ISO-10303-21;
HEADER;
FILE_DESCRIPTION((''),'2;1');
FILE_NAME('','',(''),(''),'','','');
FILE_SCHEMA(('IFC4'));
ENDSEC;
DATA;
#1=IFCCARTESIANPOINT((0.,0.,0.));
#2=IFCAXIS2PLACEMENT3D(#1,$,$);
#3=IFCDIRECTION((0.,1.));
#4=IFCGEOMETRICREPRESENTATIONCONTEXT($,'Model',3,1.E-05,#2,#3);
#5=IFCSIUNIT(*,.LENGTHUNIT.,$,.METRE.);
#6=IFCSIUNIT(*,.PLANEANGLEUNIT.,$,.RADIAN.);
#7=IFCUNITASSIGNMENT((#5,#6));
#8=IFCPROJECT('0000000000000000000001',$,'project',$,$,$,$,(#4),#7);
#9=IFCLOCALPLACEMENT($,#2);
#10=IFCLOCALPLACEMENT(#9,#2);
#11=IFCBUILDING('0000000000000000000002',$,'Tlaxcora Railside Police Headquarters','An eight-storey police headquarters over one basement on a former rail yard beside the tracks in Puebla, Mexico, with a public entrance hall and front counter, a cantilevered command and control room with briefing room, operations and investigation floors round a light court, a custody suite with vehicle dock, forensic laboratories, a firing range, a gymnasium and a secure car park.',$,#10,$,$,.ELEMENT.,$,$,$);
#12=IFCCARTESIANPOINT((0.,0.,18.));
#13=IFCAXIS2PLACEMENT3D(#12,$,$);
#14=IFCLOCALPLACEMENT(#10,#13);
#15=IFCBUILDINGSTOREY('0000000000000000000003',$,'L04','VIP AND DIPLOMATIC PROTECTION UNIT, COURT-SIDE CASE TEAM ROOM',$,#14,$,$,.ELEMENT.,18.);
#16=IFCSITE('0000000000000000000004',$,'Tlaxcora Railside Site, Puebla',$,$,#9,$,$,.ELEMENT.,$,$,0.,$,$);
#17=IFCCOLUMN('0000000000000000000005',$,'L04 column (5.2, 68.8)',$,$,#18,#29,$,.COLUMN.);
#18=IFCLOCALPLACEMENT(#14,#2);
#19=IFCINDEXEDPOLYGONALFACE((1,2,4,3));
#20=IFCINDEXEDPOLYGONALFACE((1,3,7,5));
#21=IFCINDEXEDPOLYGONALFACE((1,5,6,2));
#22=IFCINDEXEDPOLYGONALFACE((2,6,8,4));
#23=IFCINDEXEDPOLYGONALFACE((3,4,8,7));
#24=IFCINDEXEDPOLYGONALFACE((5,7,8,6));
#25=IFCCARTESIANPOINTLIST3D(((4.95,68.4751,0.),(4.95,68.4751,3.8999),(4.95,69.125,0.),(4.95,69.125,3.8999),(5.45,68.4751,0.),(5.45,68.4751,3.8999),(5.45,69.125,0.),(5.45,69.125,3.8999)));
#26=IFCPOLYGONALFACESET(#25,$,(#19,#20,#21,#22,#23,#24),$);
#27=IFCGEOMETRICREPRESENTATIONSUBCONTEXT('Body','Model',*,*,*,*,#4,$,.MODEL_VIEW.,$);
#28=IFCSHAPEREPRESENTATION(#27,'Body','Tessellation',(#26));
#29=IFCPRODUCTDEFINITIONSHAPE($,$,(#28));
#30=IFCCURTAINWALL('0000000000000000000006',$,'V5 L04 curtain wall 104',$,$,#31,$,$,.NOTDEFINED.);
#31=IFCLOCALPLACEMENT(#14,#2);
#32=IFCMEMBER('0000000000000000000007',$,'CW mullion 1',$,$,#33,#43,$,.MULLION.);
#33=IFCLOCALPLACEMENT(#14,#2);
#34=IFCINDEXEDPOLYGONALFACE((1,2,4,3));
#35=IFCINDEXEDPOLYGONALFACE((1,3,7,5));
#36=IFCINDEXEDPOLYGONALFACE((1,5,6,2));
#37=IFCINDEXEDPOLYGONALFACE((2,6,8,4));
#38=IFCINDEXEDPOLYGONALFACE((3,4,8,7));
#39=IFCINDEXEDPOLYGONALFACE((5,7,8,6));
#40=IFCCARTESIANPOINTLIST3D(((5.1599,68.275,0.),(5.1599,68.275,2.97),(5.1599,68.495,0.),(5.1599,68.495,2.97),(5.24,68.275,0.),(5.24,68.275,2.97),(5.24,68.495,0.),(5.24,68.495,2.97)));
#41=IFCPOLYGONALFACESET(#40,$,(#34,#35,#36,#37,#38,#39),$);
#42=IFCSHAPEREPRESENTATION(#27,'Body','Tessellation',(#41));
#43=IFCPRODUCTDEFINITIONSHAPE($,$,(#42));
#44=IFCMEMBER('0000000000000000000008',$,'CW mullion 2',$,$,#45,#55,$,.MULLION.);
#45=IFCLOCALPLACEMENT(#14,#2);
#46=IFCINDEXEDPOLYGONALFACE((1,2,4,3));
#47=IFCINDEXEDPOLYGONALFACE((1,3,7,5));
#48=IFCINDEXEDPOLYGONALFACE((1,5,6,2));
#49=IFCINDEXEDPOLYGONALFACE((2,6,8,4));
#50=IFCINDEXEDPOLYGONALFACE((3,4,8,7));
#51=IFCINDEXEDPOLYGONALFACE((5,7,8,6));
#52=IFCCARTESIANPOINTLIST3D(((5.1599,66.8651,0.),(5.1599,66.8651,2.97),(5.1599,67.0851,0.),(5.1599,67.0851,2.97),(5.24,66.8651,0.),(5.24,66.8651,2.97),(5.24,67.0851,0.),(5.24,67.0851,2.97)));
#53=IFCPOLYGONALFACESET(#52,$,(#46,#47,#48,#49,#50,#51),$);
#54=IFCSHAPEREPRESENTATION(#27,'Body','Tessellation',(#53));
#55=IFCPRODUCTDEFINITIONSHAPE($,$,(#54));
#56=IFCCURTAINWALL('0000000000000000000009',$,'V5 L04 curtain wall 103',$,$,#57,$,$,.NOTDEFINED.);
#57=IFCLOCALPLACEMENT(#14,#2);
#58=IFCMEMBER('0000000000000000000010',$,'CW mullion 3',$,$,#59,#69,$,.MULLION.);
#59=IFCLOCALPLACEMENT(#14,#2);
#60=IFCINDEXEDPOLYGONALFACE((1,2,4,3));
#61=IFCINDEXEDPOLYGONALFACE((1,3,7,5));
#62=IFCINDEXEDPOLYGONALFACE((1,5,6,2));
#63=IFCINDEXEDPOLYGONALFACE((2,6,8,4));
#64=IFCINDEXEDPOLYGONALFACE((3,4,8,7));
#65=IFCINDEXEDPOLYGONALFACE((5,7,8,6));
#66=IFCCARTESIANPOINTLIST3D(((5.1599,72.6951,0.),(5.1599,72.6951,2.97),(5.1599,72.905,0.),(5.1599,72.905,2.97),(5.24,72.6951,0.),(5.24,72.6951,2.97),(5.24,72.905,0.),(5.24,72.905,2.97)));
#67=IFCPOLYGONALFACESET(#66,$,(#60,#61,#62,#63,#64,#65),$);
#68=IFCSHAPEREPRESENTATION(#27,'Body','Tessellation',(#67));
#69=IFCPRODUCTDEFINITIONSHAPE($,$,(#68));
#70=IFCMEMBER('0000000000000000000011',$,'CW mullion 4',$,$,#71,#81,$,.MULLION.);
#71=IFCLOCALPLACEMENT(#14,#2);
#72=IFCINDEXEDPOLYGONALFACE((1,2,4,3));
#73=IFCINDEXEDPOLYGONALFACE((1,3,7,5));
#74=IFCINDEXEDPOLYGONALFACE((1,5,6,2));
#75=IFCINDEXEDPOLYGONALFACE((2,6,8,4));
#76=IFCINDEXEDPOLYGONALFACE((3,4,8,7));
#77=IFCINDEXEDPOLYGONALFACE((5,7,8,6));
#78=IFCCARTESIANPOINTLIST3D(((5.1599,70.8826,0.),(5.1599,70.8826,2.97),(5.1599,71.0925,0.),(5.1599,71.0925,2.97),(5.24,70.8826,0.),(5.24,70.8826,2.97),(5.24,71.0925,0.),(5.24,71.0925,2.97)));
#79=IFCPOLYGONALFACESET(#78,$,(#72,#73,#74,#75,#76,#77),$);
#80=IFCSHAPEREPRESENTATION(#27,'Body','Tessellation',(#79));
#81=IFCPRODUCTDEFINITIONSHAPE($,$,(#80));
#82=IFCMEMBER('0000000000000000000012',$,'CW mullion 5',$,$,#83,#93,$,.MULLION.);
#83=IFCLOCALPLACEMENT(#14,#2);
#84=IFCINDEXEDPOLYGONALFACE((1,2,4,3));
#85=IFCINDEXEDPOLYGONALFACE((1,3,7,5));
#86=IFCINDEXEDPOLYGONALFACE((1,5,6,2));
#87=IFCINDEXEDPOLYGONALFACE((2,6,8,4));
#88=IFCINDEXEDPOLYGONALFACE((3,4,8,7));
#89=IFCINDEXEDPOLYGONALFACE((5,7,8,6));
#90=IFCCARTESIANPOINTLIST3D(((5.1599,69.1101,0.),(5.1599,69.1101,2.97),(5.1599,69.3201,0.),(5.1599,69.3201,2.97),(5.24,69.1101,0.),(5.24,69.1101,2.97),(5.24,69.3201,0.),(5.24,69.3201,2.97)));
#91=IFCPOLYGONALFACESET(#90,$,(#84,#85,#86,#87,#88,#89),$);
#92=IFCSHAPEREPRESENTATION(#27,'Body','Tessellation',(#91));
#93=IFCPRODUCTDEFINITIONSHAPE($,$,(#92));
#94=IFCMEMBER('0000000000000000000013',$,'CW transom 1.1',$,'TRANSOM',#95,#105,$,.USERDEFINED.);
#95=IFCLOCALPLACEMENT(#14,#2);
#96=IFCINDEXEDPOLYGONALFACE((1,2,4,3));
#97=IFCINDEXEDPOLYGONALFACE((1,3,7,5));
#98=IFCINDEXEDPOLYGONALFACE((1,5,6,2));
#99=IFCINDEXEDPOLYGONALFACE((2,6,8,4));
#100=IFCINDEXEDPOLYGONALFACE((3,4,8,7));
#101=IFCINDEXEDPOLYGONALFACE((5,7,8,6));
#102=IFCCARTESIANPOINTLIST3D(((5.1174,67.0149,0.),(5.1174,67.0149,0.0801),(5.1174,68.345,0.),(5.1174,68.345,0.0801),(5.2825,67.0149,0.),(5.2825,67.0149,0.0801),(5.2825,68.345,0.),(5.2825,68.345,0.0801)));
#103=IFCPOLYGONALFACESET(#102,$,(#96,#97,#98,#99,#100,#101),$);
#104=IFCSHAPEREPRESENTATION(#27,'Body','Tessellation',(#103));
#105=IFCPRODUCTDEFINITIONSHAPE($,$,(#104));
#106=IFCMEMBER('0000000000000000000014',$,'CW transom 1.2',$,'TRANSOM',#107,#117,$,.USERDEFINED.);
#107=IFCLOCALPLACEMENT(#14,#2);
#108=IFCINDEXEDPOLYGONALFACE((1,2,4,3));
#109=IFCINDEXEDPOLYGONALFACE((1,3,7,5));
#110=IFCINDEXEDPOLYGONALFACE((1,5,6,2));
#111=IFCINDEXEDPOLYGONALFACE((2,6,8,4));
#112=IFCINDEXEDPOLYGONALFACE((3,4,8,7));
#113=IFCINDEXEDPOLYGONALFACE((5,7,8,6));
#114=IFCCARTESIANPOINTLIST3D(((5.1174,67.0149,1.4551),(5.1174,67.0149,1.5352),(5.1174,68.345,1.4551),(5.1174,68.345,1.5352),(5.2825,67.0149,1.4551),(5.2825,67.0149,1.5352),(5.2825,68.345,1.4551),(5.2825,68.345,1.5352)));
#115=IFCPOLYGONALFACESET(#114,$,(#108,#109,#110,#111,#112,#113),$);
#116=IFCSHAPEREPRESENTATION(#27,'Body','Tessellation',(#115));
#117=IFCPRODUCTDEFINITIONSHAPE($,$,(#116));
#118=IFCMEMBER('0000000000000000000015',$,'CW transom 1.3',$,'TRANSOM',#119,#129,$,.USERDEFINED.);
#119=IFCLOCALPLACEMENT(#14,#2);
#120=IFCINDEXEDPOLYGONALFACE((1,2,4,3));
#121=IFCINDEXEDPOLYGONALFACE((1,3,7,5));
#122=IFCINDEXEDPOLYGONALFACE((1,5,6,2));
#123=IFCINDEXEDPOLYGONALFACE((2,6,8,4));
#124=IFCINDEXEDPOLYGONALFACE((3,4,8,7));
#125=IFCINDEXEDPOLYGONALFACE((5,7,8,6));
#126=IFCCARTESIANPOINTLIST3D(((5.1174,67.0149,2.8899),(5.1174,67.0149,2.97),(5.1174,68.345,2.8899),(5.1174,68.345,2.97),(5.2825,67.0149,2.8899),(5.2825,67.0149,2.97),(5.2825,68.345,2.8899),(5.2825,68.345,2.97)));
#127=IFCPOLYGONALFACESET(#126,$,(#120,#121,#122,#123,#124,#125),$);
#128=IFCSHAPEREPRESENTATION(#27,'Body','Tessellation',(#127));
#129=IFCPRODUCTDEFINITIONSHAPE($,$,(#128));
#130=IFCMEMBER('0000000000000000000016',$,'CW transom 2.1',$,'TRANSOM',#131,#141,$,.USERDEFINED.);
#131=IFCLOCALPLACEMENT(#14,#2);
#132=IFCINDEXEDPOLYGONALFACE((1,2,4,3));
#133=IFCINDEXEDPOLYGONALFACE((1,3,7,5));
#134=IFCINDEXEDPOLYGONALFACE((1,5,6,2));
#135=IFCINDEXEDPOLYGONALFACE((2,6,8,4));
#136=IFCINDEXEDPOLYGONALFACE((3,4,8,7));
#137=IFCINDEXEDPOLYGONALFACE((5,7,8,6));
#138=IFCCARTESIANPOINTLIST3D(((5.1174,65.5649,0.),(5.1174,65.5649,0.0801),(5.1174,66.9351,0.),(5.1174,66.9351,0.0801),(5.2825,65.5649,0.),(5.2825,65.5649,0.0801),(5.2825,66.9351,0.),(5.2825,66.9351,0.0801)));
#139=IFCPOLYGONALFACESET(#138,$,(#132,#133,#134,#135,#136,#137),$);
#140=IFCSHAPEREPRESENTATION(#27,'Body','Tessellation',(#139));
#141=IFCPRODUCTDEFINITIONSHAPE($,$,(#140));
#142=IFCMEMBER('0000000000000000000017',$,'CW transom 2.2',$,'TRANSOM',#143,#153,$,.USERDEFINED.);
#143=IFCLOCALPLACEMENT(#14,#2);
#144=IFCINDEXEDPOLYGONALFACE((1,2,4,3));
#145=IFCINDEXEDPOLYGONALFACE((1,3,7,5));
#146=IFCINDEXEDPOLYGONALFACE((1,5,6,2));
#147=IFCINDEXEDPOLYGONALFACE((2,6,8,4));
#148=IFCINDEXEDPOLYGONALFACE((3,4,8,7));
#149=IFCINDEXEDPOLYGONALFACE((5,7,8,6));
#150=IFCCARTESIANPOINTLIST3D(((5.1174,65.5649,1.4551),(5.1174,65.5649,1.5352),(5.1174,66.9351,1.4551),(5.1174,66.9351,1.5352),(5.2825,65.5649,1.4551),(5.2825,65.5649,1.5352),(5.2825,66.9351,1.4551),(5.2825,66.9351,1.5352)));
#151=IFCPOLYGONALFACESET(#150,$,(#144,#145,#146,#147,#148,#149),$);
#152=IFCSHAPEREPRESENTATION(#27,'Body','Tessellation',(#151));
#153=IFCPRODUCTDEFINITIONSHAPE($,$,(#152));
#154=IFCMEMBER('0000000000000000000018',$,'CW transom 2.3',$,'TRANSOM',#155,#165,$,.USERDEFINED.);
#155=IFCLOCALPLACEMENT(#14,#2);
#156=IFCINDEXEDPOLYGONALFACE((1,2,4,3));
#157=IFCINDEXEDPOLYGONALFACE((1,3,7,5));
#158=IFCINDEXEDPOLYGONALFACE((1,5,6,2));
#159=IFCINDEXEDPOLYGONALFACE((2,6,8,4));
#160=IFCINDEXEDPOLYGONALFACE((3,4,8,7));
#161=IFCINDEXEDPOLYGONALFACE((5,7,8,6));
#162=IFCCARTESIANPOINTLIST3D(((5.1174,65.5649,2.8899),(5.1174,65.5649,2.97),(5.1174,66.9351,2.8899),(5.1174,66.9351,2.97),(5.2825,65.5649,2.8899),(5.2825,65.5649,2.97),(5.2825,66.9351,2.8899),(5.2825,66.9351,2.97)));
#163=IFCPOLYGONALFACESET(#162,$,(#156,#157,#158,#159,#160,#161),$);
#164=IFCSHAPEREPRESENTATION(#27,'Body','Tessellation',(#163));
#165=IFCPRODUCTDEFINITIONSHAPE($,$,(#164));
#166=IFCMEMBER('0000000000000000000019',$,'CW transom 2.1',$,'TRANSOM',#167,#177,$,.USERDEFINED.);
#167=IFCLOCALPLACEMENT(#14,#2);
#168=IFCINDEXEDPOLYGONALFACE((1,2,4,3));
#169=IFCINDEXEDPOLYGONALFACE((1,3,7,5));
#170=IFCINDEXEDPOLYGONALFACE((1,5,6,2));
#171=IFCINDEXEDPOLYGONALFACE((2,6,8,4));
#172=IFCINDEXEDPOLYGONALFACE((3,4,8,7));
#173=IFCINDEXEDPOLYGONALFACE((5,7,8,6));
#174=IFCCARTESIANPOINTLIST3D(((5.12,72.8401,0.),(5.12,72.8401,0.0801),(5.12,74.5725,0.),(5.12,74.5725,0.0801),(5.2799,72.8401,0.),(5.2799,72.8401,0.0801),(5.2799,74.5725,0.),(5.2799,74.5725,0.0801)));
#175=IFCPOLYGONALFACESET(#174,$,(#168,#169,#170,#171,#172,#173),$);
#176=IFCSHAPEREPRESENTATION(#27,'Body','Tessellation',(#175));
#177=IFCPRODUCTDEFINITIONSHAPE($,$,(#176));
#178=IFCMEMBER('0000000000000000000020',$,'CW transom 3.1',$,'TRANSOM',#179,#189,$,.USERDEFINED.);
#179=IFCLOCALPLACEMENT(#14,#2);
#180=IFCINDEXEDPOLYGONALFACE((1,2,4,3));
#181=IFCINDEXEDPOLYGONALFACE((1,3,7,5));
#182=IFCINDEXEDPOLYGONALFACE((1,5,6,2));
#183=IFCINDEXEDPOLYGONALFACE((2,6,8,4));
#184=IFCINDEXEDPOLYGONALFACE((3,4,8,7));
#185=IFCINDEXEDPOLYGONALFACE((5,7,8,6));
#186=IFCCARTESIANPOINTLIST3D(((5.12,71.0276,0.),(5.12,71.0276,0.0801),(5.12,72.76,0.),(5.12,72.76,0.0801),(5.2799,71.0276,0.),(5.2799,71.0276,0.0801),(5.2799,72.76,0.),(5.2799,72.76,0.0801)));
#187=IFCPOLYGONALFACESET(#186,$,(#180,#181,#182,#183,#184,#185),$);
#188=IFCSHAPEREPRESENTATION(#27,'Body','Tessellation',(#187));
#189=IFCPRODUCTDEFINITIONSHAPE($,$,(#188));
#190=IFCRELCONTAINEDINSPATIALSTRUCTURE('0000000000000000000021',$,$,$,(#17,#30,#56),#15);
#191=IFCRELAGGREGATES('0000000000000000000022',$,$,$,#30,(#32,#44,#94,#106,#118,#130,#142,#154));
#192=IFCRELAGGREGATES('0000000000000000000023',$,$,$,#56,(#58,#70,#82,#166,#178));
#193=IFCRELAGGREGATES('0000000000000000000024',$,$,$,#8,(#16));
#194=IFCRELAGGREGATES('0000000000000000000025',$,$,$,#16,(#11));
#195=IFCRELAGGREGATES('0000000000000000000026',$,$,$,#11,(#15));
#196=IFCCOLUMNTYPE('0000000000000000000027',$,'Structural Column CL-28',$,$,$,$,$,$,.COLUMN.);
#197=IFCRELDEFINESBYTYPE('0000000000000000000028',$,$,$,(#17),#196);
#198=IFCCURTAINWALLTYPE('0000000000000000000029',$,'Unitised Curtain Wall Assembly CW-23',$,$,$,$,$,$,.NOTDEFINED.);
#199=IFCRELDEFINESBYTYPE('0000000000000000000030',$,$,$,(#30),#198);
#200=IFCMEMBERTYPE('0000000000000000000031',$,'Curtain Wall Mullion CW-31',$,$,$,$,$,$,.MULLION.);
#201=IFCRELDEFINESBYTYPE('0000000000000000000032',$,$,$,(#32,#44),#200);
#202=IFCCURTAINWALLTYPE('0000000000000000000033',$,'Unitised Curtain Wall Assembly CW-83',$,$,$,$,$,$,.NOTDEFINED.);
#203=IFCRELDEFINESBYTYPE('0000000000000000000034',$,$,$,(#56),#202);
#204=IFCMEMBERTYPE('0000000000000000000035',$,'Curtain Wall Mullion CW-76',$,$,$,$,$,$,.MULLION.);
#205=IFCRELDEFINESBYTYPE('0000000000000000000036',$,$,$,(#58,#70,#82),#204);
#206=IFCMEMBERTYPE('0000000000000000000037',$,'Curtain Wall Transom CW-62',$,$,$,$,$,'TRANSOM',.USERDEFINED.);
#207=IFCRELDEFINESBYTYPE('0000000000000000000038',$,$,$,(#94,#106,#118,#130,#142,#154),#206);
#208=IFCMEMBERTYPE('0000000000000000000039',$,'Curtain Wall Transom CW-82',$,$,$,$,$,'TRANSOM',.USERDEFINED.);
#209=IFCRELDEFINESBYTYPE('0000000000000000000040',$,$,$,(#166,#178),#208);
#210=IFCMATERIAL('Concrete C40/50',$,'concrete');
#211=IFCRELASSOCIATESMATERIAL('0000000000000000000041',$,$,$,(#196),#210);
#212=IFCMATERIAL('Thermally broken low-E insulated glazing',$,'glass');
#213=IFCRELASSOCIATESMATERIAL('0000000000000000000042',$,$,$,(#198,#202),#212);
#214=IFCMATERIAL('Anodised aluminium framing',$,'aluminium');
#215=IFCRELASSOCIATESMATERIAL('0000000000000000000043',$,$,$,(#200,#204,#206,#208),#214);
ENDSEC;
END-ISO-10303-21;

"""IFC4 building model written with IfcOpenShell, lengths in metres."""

from ifc_helpers import new_model, si_unit, direction, frame, origin, origin_2d, place, context, subcontext, project, spatial, rectangle, extrude, material, material_profile, profile_set, type_object, element, aggregate, save


model = new_model("IFC4")

# Units and contexts
model_context = context("Model", 3, precision=1e-05, world=origin(), true_north=direction((0.0, 1.0)))
body_context = subcontext(model_context, "Body", "Model", "MODEL_VIEW")
ifc_project = project(units=[si_unit("LENGTHUNIT", "METRE"), si_unit("PLANEANGLEUNIT", "RADIAN")], contexts=[model_context])

# Site, building, storey
site_placement = place(None, origin())
site = spatial("IfcSite", under=ifc_project, at=site_placement, Name="Tlaxcora Railside Site, Puebla", CompositionType="ELEMENT", RefElevation=0.0)
building_placement = place(site_placement, origin())
building = spatial("IfcBuilding", under=site, at=building_placement, Name="Tlaxcora Railside Police Headquarters", Description="An eight-storey police headquarters over one basement on a former rail yard beside the tracks in Puebla, Mexico, with a public entrance hall and front counter, a cantilevered command and control room with briefing room, operations and investigation floors round a light court, a custody suite with vehicle dock, forensic laboratories, a firing range, a gymnasium and a secure car park.", CompositionType="ELEMENT")
storey_placement = place(building_placement, frame((0.0, 0.0, 18.0)))
storey = spatial("IfcBuildingStorey", under=building, at=storey_placement, Name="L04", Description="VIP AND DIPLOMATIC PROTECTION UNIT, COURT-SIDE CASE TEAM ROOM", CompositionType="ELEMENT", Elevation=18.0)

# Column
ifc_material_1 = material(Name="Concrete C40/50", Category="concrete")
ifc_material_profile_1 = material_profile(ifc_material_1, rectangle(XDim=0.5, YDim=0.6499, at=origin_2d()), Name="RC500X650")
ifc_profile_set_1 = profile_set([ifc_material_profile_1], Name="Concrete C40/50")
column_type = type_object("IfcColumnType", Name="Structural Column CL-28", PredefinedType="COLUMN", material=ifc_profile_set_1)
column_placement = place(storey_placement, frame((5.2, 68.8, 0.0), z_axis=(0.0, 0.0, 1.0), x_axis=(1.0, 0.0, 0.0)))
element("IfcColumn", 1, at=column_placement, inside=storey, type_object=column_type, Name="L04 column (5.2, 68.8)", PredefinedType="COLUMN", context=body_context, shape_type="SweptSolid", body=[
    extrude(rectangle(XDim=0.5, YDim=0.6499, at=origin_2d()), origin(), (0.0, 0.0, 1.0), 3.8999),
])

# Curtain walls, members
ifc_material_2 = material(Name="Thermally broken low-E insulated glazing", Category="glass")
curtain_wall_type_1 = type_object("IfcCurtainWallType", Name="Unitised Curtain Wall Assembly CW-23", PredefinedType="NOTDEFINED", material=ifc_material_2)
curtain_wall_1_placement = place(storey_placement, origin())
curtain_wall_1 = element("IfcCurtainWall", 2, at=curtain_wall_1_placement, inside=storey, type_object=curtain_wall_type_1, Name="V5 L04 curtain wall 104", PredefinedType="NOTDEFINED")
ifc_material_3 = material(Name="Anodised aluminium framing", Category="aluminium")
ifc_material_profile_2 = material_profile(ifc_material_3, rectangle(XDim=0.0801, YDim=0.22, at=origin_2d()), Name="AL80X220")
ifc_profile_set_2 = profile_set([ifc_material_profile_2], Name="Anodised aluminium framing")
member_type_1 = type_object("IfcMemberType", Name="Curtain Wall Mullion CW-31", PredefinedType="MULLION", material=ifc_profile_set_2)
member_1_placement = place(storey_placement, frame((5.2, 68.385, 0.0), z_axis=(0.0, 0.0, 1.0), x_axis=(1.0, 0.0, 0.0)))
member_1 = element("IfcMember", 3, at=member_1_placement, type_object=member_type_1, Name="CW mullion 1", PredefinedType="MULLION", context=body_context, shape_type="SweptSolid", body=[
    extrude(rectangle(XDim=0.0801, YDim=0.22, at=origin_2d()), origin(), (0.0, 0.0, 1.0), 2.97),
])
member_2_placement = place(storey_placement, frame((5.2, 66.9751, 0.0), z_axis=(0.0, 0.0, 1.0), x_axis=(1.0, 0.0, 0.0)))
member_2 = element("IfcMember", 4, at=member_2_placement, type_object=member_type_1, Name="CW mullion 2", PredefinedType="MULLION", context=body_context, shape_type="SweptSolid", body=[
    extrude(rectangle(XDim=0.0801, YDim=0.22, at=origin_2d()), origin(), (0.0, 0.0, 1.0), 2.97),
])
curtain_wall_type_2 = type_object("IfcCurtainWallType", Name="Unitised Curtain Wall Assembly CW-83", PredefinedType="NOTDEFINED", material=ifc_material_2)
curtain_wall_2_placement = place(storey_placement, origin())
curtain_wall_2 = element("IfcCurtainWall", 5, at=curtain_wall_2_placement, inside=storey, type_object=curtain_wall_type_2, Name="V5 L04 curtain wall 103", PredefinedType="NOTDEFINED")
ifc_material_profile_3 = material_profile(ifc_material_3, rectangle(XDim=0.0801, YDim=0.21, at=origin_2d()), Name="AL80X210")
ifc_profile_set_3 = profile_set([ifc_material_profile_3], Name="Anodised aluminium framing")
member_type_2 = type_object("IfcMemberType", Name="Curtain Wall Mullion CW-76", PredefinedType="MULLION", material=ifc_profile_set_3)
member_3_placement = place(storey_placement, frame((5.2, 72.8, 0.0), z_axis=(0.0, 0.0, 1.0), x_axis=(1.0, 0.0, 0.0)))
member_3 = element("IfcMember", 6, at=member_3_placement, type_object=member_type_2, Name="CW mullion 3", PredefinedType="MULLION", context=body_context, shape_type="SweptSolid", body=[
    extrude(rectangle(XDim=0.0801, YDim=0.21, at=origin_2d()), origin(), (0.0, 0.0, 1.0), 2.97),
])
member_4_placement = place(storey_placement, frame((5.2, 70.9875, 0.0), z_axis=(0.0, 0.0, 1.0), x_axis=(1.0, 0.0, 0.0)))
member_4 = element("IfcMember", 7, at=member_4_placement, type_object=member_type_2, Name="CW mullion 4", PredefinedType="MULLION", context=body_context, shape_type="SweptSolid", body=[
    extrude(rectangle(XDim=0.0801, YDim=0.21, at=origin_2d()), origin(), (0.0, 0.0, 1.0), 2.97),
])
member_5_placement = place(storey_placement, frame((5.2, 69.2151, 0.0), z_axis=(0.0, 0.0, 1.0), x_axis=(1.0, 0.0, 0.0)))
member_5 = element("IfcMember", 8, at=member_5_placement, type_object=member_type_2, Name="CW mullion 5", PredefinedType="MULLION", context=body_context, shape_type="SweptSolid", body=[
    extrude(rectangle(XDim=0.0801, YDim=0.21, at=origin_2d()), origin(), (0.0, 0.0, 1.0), 2.97),
])

# Members
ifc_material_profile_4 = material_profile(ifc_material_3, rectangle(XDim=0.165, YDim=0.0801, at=origin_2d()), Name="AL80X165")
ifc_profile_set_4 = profile_set([ifc_material_profile_4], Name="Anodised aluminium framing")
member_type_3 = type_object("IfcMemberType", Name="Curtain Wall Transom CW-62", ElementType="TRANSOM", PredefinedType="USERDEFINED", material=ifc_profile_set_4)
member_6_placement = place(storey_placement, frame((5.2, 68.345, 0.04), z_axis=(0.0, -1.0, 0.0), x_axis=(1.0, 0.0, 0.0)))
member_6 = element("IfcMember", 9, at=member_6_placement, type_object=member_type_3, Name="CW transom 1.1", ObjectType="TRANSOM", PredefinedType="USERDEFINED", context=body_context, shape_type="SweptSolid", body=[
    extrude(rectangle(XDim=0.165, YDim=0.0801, at=origin_2d()), origin(), (0.0, 0.0, 1.0), 1.3301),
])
member_7_placement = place(storey_placement, frame((5.2, 68.345, 1.4951), z_axis=(0.0, -1.0, 0.0), x_axis=(1.0, 0.0, 0.0)))
member_7 = element("IfcMember", 10, at=member_7_placement, type_object=member_type_3, Name="CW transom 1.2", ObjectType="TRANSOM", PredefinedType="USERDEFINED", context=body_context, shape_type="SweptSolid", body=[
    extrude(rectangle(XDim=0.165, YDim=0.0801, at=origin_2d()), origin(), (0.0, 0.0, 1.0), 1.3301),
])
member_8_placement = place(storey_placement, frame((5.2, 68.345, 2.9299), z_axis=(0.0, -1.0, 0.0), x_axis=(1.0, 0.0, 0.0)))
member_8 = element("IfcMember", 11, at=member_8_placement, type_object=member_type_3, Name="CW transom 1.3", ObjectType="TRANSOM", PredefinedType="USERDEFINED", context=body_context, shape_type="SweptSolid", body=[
    extrude(rectangle(XDim=0.165, YDim=0.0801, at=origin_2d()), origin(), (0.0, 0.0, 1.0), 1.3301),
])
member_9_placement = place(storey_placement, frame((5.2, 66.9351, 0.04), z_axis=(0.0, -1.0, 0.0), x_axis=(1.0, 0.0, 0.0)))
member_9 = element("IfcMember", 12, at=member_9_placement, type_object=member_type_3, Name="CW transom 2.1", ObjectType="TRANSOM", PredefinedType="USERDEFINED", context=body_context, shape_type="SweptSolid", body=[
    extrude(rectangle(XDim=0.165, YDim=0.0801, at=origin_2d()), origin(), (0.0, 0.0, 1.0), 1.3701),
])
member_10_placement = place(storey_placement, frame((5.2, 66.9351, 1.4951), z_axis=(0.0, -1.0, 0.0), x_axis=(1.0, 0.0, 0.0)))
member_10 = element("IfcMember", 13, at=member_10_placement, type_object=member_type_3, Name="CW transom 2.2", ObjectType="TRANSOM", PredefinedType="USERDEFINED", context=body_context, shape_type="SweptSolid", body=[
    extrude(rectangle(XDim=0.165, YDim=0.0801, at=origin_2d()), origin(), (0.0, 0.0, 1.0), 1.3701),
])
member_11_placement = place(storey_placement, frame((5.2, 66.9351, 2.9299), z_axis=(0.0, -1.0, 0.0), x_axis=(1.0, 0.0, 0.0)))
member_11 = element("IfcMember", 14, at=member_11_placement, type_object=member_type_3, Name="CW transom 2.3", ObjectType="TRANSOM", PredefinedType="USERDEFINED", context=body_context, shape_type="SweptSolid", body=[
    extrude(rectangle(XDim=0.165, YDim=0.0801, at=origin_2d()), origin(), (0.0, 0.0, 1.0), 1.3701),
])
ifc_material_profile_5 = material_profile(ifc_material_3, rectangle(XDim=0.1599, YDim=0.0801, at=origin_2d()), Name="AL80X160")
ifc_profile_set_5 = profile_set([ifc_material_profile_5], Name="Anodised aluminium framing")
member_type_4 = type_object("IfcMemberType", Name="Curtain Wall Transom CW-82", ElementType="TRANSOM", PredefinedType="USERDEFINED", material=ifc_profile_set_5)
member_12_placement = place(storey_placement, frame((5.2, 74.5725, 0.04), z_axis=(0.0, -1.0, 0.0), x_axis=(1.0, 0.0, 0.0)))
member_12 = element("IfcMember", 15, at=member_12_placement, type_object=member_type_4, Name="CW transom 2.1", ObjectType="TRANSOM", PredefinedType="USERDEFINED", context=body_context, shape_type="SweptSolid", body=[
    extrude(rectangle(XDim=0.1599, YDim=0.0801, at=origin_2d()), origin(), (0.0, 0.0, 1.0), 1.7324),
])
member_13_placement = place(storey_placement, frame((5.2, 72.76, 0.04), z_axis=(0.0, -1.0, 0.0), x_axis=(1.0, 0.0, 0.0)))
member_13 = element("IfcMember", 16, at=member_13_placement, type_object=member_type_4, Name="CW transom 3.1", ObjectType="TRANSOM", PredefinedType="USERDEFINED", context=body_context, shape_type="SweptSolid", body=[
    extrude(rectangle(XDim=0.1599, YDim=0.0801, at=origin_2d()), origin(), (0.0, 0.0, 1.0), 1.7324),
])

aggregate(curtain_wall_1, [member_1, member_2, member_6, member_7, member_8, member_9, member_10, member_11])
aggregate(curtain_wall_2, [member_3, member_4, member_5, member_12, member_13])

save(model, "model.ifc")
